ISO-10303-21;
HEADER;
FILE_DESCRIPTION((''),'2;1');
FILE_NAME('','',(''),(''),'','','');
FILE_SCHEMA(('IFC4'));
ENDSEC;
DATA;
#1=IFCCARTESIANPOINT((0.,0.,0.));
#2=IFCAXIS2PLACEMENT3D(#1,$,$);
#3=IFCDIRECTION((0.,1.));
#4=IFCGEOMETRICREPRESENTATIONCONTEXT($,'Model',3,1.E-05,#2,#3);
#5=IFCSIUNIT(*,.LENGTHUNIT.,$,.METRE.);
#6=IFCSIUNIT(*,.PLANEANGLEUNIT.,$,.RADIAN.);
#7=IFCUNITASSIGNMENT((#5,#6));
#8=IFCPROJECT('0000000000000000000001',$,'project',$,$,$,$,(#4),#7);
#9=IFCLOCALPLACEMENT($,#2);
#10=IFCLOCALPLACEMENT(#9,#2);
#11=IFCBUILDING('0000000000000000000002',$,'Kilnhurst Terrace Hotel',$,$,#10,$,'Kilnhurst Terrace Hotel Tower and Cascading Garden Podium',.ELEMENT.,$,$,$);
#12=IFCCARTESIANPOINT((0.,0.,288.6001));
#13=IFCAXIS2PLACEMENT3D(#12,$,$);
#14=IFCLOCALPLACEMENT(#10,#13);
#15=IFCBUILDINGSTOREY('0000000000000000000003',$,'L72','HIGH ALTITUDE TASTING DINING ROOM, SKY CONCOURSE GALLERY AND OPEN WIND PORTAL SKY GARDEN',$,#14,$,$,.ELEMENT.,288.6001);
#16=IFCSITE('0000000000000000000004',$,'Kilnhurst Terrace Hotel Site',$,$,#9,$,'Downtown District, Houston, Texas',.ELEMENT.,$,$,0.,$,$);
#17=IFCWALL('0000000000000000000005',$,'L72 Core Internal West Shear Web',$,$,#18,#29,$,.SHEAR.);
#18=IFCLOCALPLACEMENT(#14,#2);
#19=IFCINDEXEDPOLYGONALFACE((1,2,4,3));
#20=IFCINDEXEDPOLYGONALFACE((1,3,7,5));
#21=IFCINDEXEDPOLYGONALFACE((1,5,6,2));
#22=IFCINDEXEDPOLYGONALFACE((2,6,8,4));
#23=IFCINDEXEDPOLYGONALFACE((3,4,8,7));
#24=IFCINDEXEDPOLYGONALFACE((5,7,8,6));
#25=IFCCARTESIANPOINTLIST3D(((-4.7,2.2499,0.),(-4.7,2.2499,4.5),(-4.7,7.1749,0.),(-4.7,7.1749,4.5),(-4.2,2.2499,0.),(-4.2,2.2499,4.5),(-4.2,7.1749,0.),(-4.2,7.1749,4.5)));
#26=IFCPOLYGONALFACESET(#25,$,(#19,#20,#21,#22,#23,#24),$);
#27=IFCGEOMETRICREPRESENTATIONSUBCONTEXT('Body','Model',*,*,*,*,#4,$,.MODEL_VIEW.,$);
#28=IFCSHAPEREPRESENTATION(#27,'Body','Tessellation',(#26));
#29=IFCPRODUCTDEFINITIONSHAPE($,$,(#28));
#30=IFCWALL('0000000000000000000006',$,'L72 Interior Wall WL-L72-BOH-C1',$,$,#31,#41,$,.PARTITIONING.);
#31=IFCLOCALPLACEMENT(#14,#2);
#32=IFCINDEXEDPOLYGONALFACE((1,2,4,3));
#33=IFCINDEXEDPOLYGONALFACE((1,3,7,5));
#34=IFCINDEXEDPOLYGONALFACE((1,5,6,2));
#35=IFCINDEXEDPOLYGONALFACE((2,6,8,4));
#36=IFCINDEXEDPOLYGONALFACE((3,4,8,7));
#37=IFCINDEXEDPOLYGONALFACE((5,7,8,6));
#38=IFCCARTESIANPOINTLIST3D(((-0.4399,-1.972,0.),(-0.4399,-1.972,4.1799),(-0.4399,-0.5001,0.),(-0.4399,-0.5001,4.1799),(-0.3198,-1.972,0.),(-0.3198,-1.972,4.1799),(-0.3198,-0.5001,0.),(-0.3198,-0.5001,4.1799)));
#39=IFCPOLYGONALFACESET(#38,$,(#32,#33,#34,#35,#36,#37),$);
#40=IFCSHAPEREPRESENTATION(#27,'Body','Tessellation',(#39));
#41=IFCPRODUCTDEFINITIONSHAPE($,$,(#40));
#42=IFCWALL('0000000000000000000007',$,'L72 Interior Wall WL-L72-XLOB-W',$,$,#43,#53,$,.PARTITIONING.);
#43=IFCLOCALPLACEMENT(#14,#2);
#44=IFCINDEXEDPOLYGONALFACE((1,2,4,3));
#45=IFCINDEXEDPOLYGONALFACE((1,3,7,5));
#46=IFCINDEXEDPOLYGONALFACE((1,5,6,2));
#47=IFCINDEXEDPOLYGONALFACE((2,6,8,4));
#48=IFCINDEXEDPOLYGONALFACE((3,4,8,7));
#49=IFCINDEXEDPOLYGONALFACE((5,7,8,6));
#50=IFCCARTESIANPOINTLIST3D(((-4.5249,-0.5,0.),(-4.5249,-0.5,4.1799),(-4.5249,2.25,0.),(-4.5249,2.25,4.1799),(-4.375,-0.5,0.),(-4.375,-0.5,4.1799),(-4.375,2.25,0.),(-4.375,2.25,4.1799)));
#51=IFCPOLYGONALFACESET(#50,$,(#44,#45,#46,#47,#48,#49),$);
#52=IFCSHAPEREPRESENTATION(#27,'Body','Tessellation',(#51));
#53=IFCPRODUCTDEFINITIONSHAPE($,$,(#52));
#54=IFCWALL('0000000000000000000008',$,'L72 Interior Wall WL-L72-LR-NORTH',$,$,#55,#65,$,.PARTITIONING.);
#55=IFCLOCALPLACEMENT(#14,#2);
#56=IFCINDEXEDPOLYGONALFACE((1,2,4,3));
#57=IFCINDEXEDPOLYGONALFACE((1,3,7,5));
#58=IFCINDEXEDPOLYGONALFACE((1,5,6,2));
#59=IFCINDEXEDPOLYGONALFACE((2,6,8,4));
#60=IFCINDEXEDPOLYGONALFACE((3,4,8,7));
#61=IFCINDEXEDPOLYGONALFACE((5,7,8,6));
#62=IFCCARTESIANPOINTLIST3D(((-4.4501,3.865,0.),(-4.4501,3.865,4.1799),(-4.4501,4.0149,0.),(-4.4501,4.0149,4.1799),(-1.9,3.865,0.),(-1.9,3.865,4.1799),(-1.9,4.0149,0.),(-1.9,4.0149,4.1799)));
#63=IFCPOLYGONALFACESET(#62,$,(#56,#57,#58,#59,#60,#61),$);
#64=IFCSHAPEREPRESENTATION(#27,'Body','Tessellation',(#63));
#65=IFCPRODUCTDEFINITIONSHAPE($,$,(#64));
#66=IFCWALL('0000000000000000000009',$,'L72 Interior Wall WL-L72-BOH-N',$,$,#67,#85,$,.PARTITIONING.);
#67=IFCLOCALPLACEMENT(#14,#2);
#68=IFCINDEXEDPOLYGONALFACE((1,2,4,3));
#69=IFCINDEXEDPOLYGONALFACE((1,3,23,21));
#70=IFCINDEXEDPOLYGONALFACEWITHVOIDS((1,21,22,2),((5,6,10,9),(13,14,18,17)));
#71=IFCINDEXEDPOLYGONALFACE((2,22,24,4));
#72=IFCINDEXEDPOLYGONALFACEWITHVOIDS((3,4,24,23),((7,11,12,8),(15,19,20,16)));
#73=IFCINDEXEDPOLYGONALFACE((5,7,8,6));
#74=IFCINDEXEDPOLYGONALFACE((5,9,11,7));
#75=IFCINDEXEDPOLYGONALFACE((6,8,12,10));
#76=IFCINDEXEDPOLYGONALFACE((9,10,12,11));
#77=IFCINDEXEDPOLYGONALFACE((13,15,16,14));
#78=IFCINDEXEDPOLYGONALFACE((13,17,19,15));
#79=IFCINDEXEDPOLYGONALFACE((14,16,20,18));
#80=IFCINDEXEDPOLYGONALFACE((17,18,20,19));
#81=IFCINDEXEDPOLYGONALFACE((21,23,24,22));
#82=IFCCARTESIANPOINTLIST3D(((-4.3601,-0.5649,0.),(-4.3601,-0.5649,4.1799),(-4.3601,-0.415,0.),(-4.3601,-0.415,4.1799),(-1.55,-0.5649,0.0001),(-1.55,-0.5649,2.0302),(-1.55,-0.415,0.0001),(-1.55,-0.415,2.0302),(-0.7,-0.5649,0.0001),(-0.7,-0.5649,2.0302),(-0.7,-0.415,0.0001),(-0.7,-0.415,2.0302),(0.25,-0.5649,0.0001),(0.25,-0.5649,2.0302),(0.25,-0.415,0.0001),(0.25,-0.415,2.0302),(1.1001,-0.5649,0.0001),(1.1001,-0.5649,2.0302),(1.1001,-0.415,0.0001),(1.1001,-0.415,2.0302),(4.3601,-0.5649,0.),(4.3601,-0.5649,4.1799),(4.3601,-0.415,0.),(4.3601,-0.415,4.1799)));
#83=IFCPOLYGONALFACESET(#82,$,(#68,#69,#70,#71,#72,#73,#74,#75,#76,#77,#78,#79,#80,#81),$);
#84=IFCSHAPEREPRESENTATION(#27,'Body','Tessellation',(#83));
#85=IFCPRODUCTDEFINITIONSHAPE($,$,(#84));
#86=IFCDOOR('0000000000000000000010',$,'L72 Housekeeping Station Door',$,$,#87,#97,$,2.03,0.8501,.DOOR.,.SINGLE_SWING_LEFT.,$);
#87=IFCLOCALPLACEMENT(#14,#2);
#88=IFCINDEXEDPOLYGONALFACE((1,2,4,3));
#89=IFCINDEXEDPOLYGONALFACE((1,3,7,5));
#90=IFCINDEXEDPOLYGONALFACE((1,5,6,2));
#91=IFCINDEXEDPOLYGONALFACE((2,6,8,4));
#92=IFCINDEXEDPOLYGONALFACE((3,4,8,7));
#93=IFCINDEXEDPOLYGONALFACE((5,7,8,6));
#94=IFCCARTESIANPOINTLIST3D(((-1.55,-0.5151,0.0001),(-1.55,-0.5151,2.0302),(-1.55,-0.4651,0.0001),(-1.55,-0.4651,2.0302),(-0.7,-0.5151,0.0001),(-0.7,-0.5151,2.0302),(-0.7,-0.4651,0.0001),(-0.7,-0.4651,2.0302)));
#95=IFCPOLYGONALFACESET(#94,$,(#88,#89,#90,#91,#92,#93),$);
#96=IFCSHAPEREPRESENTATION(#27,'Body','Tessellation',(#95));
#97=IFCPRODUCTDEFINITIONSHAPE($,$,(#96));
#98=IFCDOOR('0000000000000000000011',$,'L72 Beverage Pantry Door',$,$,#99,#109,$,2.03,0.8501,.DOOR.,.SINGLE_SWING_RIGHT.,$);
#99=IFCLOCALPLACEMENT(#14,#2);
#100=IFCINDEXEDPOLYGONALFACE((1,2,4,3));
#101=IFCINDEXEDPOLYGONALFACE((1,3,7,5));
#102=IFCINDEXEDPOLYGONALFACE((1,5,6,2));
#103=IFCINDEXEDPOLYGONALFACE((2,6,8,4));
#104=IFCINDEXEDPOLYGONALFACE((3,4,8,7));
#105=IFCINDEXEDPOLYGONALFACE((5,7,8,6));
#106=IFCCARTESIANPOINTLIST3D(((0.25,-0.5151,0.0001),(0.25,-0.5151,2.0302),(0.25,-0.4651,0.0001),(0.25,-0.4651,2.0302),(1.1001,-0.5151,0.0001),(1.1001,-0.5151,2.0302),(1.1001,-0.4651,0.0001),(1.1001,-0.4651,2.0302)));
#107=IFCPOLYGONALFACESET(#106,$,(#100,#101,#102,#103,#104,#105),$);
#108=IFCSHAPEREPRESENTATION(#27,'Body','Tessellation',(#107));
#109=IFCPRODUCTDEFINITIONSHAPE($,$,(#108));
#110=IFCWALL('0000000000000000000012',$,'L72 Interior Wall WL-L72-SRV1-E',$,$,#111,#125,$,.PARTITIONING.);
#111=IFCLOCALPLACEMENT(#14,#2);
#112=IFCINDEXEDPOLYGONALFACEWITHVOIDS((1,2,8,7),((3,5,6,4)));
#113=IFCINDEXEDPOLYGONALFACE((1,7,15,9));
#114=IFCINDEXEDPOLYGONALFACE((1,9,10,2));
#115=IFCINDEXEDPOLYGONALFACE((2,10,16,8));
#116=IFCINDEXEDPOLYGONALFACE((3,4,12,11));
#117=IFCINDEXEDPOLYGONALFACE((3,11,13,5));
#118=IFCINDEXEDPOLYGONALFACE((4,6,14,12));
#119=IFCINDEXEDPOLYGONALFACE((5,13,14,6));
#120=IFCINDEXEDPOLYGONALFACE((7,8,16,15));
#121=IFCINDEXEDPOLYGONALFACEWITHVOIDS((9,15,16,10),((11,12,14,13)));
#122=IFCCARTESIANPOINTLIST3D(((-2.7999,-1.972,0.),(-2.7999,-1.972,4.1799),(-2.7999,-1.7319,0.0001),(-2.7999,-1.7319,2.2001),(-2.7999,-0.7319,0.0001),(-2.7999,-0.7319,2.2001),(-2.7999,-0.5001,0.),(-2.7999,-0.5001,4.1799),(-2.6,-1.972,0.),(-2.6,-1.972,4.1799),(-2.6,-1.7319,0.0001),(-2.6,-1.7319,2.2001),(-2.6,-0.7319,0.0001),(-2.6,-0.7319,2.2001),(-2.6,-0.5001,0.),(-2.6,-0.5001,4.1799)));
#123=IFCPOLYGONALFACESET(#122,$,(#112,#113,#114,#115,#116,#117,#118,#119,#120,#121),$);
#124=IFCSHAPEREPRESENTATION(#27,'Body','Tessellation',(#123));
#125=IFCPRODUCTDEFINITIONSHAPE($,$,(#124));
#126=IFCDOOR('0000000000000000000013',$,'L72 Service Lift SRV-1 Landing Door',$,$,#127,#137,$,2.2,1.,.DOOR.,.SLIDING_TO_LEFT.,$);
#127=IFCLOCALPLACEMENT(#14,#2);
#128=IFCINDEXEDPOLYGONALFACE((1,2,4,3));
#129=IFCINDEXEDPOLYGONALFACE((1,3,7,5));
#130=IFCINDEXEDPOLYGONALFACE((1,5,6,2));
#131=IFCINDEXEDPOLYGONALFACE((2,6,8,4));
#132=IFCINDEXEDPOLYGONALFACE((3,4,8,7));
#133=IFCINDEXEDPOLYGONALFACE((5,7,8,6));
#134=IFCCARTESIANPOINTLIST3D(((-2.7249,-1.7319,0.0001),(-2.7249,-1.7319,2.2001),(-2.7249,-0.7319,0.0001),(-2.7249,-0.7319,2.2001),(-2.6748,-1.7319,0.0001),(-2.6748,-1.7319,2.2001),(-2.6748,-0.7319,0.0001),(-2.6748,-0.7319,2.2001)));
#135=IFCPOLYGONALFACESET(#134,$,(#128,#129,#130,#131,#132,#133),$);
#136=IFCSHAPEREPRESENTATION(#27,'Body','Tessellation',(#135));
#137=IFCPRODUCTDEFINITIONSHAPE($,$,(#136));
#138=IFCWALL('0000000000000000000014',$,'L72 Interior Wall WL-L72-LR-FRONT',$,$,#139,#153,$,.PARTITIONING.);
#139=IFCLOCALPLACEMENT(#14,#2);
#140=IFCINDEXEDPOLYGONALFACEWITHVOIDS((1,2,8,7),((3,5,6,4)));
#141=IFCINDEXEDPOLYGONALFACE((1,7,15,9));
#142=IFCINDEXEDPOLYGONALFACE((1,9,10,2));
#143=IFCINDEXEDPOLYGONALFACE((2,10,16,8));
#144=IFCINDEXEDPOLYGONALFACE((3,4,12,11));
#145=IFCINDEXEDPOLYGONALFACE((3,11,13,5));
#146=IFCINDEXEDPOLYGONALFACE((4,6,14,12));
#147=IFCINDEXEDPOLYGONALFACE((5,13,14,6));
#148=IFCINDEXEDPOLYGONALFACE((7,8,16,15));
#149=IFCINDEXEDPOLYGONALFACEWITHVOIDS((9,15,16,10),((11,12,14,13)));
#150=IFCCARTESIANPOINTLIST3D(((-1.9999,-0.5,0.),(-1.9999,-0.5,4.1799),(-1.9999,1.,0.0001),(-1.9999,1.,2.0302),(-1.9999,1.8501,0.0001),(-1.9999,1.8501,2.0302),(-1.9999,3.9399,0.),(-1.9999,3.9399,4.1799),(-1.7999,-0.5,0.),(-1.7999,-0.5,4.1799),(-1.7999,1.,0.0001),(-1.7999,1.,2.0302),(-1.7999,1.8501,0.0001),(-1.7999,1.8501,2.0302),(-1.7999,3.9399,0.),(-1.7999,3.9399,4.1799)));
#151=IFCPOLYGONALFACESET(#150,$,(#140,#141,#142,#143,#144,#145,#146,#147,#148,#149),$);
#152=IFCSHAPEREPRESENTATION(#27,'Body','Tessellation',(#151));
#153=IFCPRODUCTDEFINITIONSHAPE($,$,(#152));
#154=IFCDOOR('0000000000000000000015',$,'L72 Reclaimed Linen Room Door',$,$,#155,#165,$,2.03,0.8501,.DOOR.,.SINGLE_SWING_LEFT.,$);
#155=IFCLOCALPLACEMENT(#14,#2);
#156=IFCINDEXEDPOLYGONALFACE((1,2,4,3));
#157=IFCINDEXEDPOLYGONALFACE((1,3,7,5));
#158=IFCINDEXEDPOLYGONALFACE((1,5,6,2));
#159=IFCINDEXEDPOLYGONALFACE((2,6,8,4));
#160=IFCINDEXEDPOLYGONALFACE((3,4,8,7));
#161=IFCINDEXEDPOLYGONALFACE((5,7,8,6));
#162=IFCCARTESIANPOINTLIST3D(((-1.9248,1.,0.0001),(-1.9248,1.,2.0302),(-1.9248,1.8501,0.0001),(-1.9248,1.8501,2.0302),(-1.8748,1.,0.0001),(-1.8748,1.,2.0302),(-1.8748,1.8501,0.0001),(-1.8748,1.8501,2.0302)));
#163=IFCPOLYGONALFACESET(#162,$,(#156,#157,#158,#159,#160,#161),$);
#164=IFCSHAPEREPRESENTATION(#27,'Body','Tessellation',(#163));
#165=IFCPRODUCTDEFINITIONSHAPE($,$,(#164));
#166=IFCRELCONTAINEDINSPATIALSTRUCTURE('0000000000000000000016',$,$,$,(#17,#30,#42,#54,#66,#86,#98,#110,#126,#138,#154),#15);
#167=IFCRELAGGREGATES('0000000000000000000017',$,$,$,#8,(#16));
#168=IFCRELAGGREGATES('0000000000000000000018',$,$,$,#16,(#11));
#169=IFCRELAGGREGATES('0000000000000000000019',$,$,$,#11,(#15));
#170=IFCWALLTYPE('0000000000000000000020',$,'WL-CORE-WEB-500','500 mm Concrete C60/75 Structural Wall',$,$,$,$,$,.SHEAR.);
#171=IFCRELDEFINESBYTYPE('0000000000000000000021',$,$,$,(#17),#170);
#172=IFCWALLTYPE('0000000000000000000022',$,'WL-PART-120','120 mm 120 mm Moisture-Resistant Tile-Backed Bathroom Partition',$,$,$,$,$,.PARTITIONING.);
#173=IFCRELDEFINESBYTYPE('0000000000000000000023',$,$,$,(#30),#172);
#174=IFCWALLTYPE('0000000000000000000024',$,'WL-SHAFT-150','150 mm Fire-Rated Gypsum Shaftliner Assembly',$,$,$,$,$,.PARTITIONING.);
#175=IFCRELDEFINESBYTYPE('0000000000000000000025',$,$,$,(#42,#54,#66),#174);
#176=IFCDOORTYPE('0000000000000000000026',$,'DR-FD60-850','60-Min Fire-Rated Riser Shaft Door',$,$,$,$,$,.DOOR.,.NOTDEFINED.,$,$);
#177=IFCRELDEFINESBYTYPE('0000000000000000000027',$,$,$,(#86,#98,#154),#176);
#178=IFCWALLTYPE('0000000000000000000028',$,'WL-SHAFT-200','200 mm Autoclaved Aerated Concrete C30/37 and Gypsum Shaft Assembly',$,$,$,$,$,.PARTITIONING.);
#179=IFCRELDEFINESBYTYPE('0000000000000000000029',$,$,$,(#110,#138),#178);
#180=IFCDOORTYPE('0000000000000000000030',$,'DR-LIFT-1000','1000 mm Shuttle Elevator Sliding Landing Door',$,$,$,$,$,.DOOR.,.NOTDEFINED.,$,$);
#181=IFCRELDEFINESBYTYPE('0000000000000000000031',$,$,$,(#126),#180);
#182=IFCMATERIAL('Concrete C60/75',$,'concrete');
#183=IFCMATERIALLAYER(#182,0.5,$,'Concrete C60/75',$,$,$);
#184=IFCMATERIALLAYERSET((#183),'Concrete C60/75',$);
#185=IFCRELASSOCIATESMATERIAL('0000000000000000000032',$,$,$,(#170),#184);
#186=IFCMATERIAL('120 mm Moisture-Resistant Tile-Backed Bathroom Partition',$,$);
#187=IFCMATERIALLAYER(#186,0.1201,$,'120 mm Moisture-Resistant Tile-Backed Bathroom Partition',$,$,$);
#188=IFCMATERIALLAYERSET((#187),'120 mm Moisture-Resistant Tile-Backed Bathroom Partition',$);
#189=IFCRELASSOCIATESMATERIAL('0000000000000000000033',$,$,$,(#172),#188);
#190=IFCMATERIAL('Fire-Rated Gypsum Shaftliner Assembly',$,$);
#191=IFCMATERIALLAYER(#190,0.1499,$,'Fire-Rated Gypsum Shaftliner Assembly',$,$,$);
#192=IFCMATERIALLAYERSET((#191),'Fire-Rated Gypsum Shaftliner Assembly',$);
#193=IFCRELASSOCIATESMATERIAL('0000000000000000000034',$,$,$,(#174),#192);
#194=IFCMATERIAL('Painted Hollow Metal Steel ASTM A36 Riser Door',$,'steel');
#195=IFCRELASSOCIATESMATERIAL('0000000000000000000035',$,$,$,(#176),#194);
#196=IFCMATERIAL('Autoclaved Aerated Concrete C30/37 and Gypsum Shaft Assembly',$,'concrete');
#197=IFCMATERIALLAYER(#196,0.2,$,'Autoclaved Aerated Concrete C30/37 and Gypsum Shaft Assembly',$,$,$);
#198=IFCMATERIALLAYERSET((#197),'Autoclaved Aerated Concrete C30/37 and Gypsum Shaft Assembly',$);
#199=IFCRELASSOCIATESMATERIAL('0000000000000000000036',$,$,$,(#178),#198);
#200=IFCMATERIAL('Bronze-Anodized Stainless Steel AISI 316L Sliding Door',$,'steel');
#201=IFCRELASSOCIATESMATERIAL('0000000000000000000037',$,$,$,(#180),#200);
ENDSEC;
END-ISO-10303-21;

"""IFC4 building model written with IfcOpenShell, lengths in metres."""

from ifc_helpers import new_model, si_unit, direction, frame, frame_2d, origin, place, context, subcontext, project, spatial, rectangle, extrude, material, layer, layer_set, type_object, element, fill, save


model = new_model("IFC4")

# Units and contexts
model_context = context("Model", 3, precision=1e-05, world=origin(), true_north=direction((0.0, 1.0)))
body_context = subcontext(model_context, "Body", "Model", "MODEL_VIEW")
ifc_project = project(units=[si_unit("LENGTHUNIT", "METRE"), si_unit("PLANEANGLEUNIT", "RADIAN")], contexts=[model_context])

# Site, building, storey
site_placement = place(None, origin())
site = spatial("IfcSite", under=ifc_project, at=site_placement, Name="Kilnhurst Terrace Hotel Site", LongName="Downtown District, Houston, Texas", CompositionType="ELEMENT", RefElevation=0.0)
building_placement = place(site_placement, origin())
building = spatial("IfcBuilding", under=site, at=building_placement, Name="Kilnhurst Terrace Hotel", LongName="Kilnhurst Terrace Hotel Tower and Cascading Garden Podium", CompositionType="ELEMENT")
storey_placement = place(building_placement, frame((0.0, 0.0, 288.6001)))
storey = spatial("IfcBuildingStorey", under=building, at=storey_placement, Name="L72", Description="HIGH ALTITUDE TASTING DINING ROOM, SKY CONCOURSE GALLERY AND OPEN WIND PORTAL SKY GARDEN", CompositionType="ELEMENT", Elevation=288.6001)

# Walls
ifc_material_1 = material(Name="Concrete C60/75", Category="concrete")
ifc_layer_1 = layer(ifc_material_1, 0.5, Name="Concrete C60/75")
ifc_layer_set_1 = layer_set([ifc_layer_1], Name="Concrete C60/75")
wall_type_1 = type_object("IfcWallType", Name="WL-CORE-WEB-500", Description="500 mm Concrete C60/75 Structural Wall", PredefinedType="SHEAR", material=ifc_layer_set_1)
wall_1_placement = place(storey_placement, frame((-4.45, 2.25, 0.0), z_axis=(0.0, 0.0, 1.0), x_axis=(0.0, 1.0, 0.0)))
element("IfcWall", 1, at=wall_1_placement, inside=storey, type_object=wall_type_1, Name="L72 Core Internal West Shear Web", PredefinedType="SHEAR", context=body_context, shape_type="SweptSolid", body=[
    extrude(rectangle(XDim=4.925, YDim=0.5, at=frame_2d((2.4624, 0.0))), origin(), (0.0, 0.0, 1.0), 4.5),
])
ifc_material_2 = material(Name="120 mm Moisture-Resistant Tile-Backed Bathroom Partition")
ifc_layer_2 = layer(ifc_material_2, 0.1201, Name="120 mm Moisture-Resistant Tile-Backed Bathroom Partition")
ifc_layer_set_2 = layer_set([ifc_layer_2], Name="120 mm Moisture-Resistant Tile-Backed Bathroom Partition")
wall_type_2 = type_object("IfcWallType", Name="WL-PART-120", Description="120 mm 120 mm Moisture-Resistant Tile-Backed Bathroom Partition", PredefinedType="PARTITIONING", material=ifc_layer_set_2)
wall_2_placement = place(storey_placement, frame((-0.3799, -1.9719, 0.0), z_axis=(0.0, 0.0, 1.0), x_axis=(0.0, 1.0, 0.0)))
element("IfcWall", 2, at=wall_2_placement, inside=storey, type_object=wall_type_2, Name="L72 Interior Wall WL-L72-BOH-C1", PredefinedType="PARTITIONING", context=body_context, shape_type="SweptSolid", body=[
    extrude(rectangle(XDim=1.4719, YDim=0.1201, at=frame_2d((0.7358, 0.0))), origin(), (0.0, 0.0, 1.0), 4.1799),
])
ifc_material_3 = material(Name="Fire-Rated Gypsum Shaftliner Assembly")
ifc_layer_3 = layer(ifc_material_3, 0.1499, Name="Fire-Rated Gypsum Shaftliner Assembly")
ifc_layer_set_3 = layer_set([ifc_layer_3], Name="Fire-Rated Gypsum Shaftliner Assembly")
wall_type_3 = type_object("IfcWallType", Name="WL-SHAFT-150", Description="150 mm Fire-Rated Gypsum Shaftliner Assembly", PredefinedType="PARTITIONING", material=ifc_layer_set_3)
wall_3_placement = place(storey_placement, frame((-4.45, -0.5, 0.0), z_axis=(0.0, 0.0, 1.0), x_axis=(0.0, 1.0, 0.0)))
element("IfcWall", 3, at=wall_3_placement, inside=storey, type_object=wall_type_3, Name="L72 Interior Wall WL-L72-XLOB-W", PredefinedType="PARTITIONING", context=body_context, shape_type="SweptSolid", body=[
    extrude(rectangle(XDim=2.75, YDim=0.1499, at=frame_2d((1.375, 0.0))), origin(), (0.0, 0.0, 1.0), 4.1799),
])
wall_4_placement = place(storey_placement, frame((-4.45, 3.9399, 0.0), z_axis=(0.0, 0.0, 1.0), x_axis=(1.0, 0.0, 0.0)))
element("IfcWall", 4, at=wall_4_placement, inside=storey, type_object=wall_type_3, Name="L72 Interior Wall WL-L72-LR-NORTH", PredefinedType="PARTITIONING", context=body_context, shape_type="SweptSolid", body=[
    extrude(rectangle(XDim=2.55, YDim=0.1499, at=frame_2d((1.2749, 0.0))), origin(), (0.0, 0.0, 1.0), 4.1799),
])

# Wall, openings, doors
wall_5_placement = place(storey_placement, frame((-4.3601, -0.49, 0.0), z_axis=(0.0, 0.0, 1.0), x_axis=(1.0, 0.0, 0.0)))
wall_5 = element("IfcWall", 5, at=wall_5_placement, inside=storey, type_object=wall_type_3, Name="L72 Interior Wall WL-L72-BOH-N", PredefinedType="PARTITIONING", context=body_context, shape_type="SweptSolid", body=[
    extrude(rectangle(XDim=8.7202, YDim=0.1499, at=frame_2d((4.3601, 0.0))), origin(), (0.0, 0.0, 1.0), 4.1799),
])
opening_1_placement = place(wall_5_placement, frame((2.8101, 0.0, 0.0)))
opening_1 = element("IfcOpeningElement", 6, at=opening_1_placement, cuts=wall_5, PredefinedType="OPENING", context=body_context, shape_type="SweptSolid", body=[
    extrude(rectangle(XDim=0.8501, YDim=2.03, at=frame_2d((0.425, 1.0151))), frame((0.0, 0.085, 0.0), z_axis=(0.0, -1.0, 0.0), x_axis=(1.0, 0.0, 0.0)), (0.0, 0.0, 1.0), 0.1699),
])
opening_2_placement = place(wall_5_placement, frame((4.6101, 0.0, 0.0)))
opening_2 = element("IfcOpeningElement", 7, at=opening_2_placement, cuts=wall_5, PredefinedType="OPENING", context=body_context, shape_type="SweptSolid", body=[
    extrude(rectangle(XDim=0.8501, YDim=2.03, at=frame_2d((0.425, 1.0151))), frame((0.0, 0.085, 0.0), z_axis=(0.0, -1.0, 0.0), x_axis=(1.0, 0.0, 0.0)), (0.0, 0.0, 1.0), 0.1699),
])
ifc_material_4 = material(Name="Painted Hollow Metal Steel ASTM A36 Riser Door", Category="steel")
door_type_1 = type_object("IfcDoorType", Name="DR-FD60-850", Description="60-Min Fire-Rated Riser Shaft Door", OperationType="NOTDEFINED", PredefinedType="DOOR", material=ifc_material_4)
door_1_placement = place(opening_1_placement, origin())
door_1 = element("IfcDoor", 8, at=door_1_placement, inside=storey, type_object=door_type_1, Name="L72 Housekeeping Station Door", OperationType="SINGLE_SWING_LEFT", OverallHeight=2.03, OverallWidth=0.8501, PredefinedType="DOOR", context=body_context, shape_type="SweptSolid", body=[
    extrude(rectangle(XDim=0.8501, YDim=2.03, at=frame_2d((0.425, 1.0151))), frame((0.0, 0.0249, 0.0), z_axis=(0.0, -1.0, 0.0), x_axis=(1.0, 0.0, 0.0)), (0.0, 0.0, 1.0), 0.05),
])
fill(opening_1, door_1)
door_2_placement = place(opening_2_placement, origin())
door_2 = element("IfcDoor", 9, at=door_2_placement, inside=storey, type_object=door_type_1, Name="L72 Beverage Pantry Door", OperationType="SINGLE_SWING_RIGHT", OverallHeight=2.03, OverallWidth=0.8501, PredefinedType="DOOR", context=body_context, shape_type="SweptSolid", body=[
    extrude(rectangle(XDim=0.8501, YDim=2.03, at=frame_2d((0.425, 1.0151))), frame((0.0, 0.0249, 0.0), z_axis=(0.0, -1.0, 0.0), x_axis=(1.0, 0.0, 0.0)), (0.0, 0.0, 1.0), 0.05),
])
fill(opening_2, door_2)

# Walls, openings, doors
ifc_material_5 = material(Name="Autoclaved Aerated Concrete C30/37 and Gypsum Shaft Assembly", Category="concrete")
ifc_layer_4 = layer(ifc_material_5, 0.2, Name="Autoclaved Aerated Concrete C30/37 and Gypsum Shaft Assembly")
ifc_layer_set_4 = layer_set([ifc_layer_4], Name="Autoclaved Aerated Concrete C30/37 and Gypsum Shaft Assembly")
wall_type_4 = type_object("IfcWallType", Name="WL-SHAFT-200", Description="200 mm Autoclaved Aerated Concrete C30/37 and Gypsum Shaft Assembly", PredefinedType="PARTITIONING", material=ifc_layer_set_4)
wall_6_placement = place(storey_placement, frame((-2.7, -1.9719, 0.0), z_axis=(0.0, 0.0, 1.0), x_axis=(0.0, 1.0, 0.0)))
wall_6 = element("IfcWall", 10, at=wall_6_placement, inside=storey, type_object=wall_type_4, Name="L72 Interior Wall WL-L72-SRV1-E", PredefinedType="PARTITIONING", context=body_context, shape_type="SweptSolid", body=[
    extrude(rectangle(XDim=1.4719, YDim=0.2, at=frame_2d((0.7358, 0.0))), origin(), (0.0, 0.0, 1.0), 4.1799),
])
opening_3_placement = place(wall_6_placement, frame((0.24, 0.0, 0.0)))
opening_3 = element("IfcOpeningElement", 11, at=opening_3_placement, cuts=wall_6, PredefinedType="OPENING", context=body_context, shape_type="SweptSolid", body=[
    extrude(rectangle(XDim=1.0, YDim=2.2, at=frame_2d((0.5, 1.1001))), frame((0.0, 0.1099, 0.0), z_axis=(0.0, -1.0, 0.0), x_axis=(1.0, 0.0, 0.0)), (0.0, 0.0, 1.0), 0.22),
])
ifc_material_6 = material(Name="Bronze-Anodized Stainless Steel AISI 316L Sliding Door", Category="steel")
door_type_2 = type_object("IfcDoorType", Name="DR-LIFT-1000", Description="1000 mm Shuttle Elevator Sliding Landing Door", OperationType="NOTDEFINED", PredefinedType="DOOR", material=ifc_material_6)
door_3_placement = place(opening_3_placement, origin())
door_3 = element("IfcDoor", 12, at=door_3_placement, inside=storey, type_object=door_type_2, Name="L72 Service Lift SRV-1 Landing Door", OperationType="SLIDING_TO_LEFT", OverallHeight=2.2, OverallWidth=1.0, PredefinedType="DOOR", context=body_context, shape_type="SweptSolid", body=[
    extrude(rectangle(XDim=1.0, YDim=2.2, at=frame_2d((0.5, 1.1001))), frame((0.0, 0.0249, 0.0), z_axis=(0.0, -1.0, 0.0), x_axis=(1.0, 0.0, 0.0)), (0.0, 0.0, 1.0), 0.05),
])
fill(opening_3, door_3)
wall_7_placement = place(storey_placement, frame((-1.8999, -0.5, 0.0), z_axis=(0.0, 0.0, 1.0), x_axis=(0.0, 1.0, 0.0)))
wall_7 = element("IfcWall", 13, at=wall_7_placement, inside=storey, type_object=wall_type_4, Name="L72 Interior Wall WL-L72-LR-FRONT", PredefinedType="PARTITIONING", context=body_context, shape_type="SweptSolid", body=[
    extrude(rectangle(XDim=4.4399, YDim=0.2, at=frame_2d((2.22, 0.0))), origin(), (0.0, 0.0, 1.0), 4.1799),
])
opening_4_placement = place(wall_7_placement, frame((1.5, 0.0, 0.0)))
opening_4 = element("IfcOpeningElement", 14, at=opening_4_placement, cuts=wall_7, PredefinedType="OPENING", context=body_context, shape_type="SweptSolid", body=[
    extrude(rectangle(XDim=0.8501, YDim=2.03, at=frame_2d((0.425, 1.0151))), frame((0.0, 0.1099, 0.0), z_axis=(0.0, -1.0, 0.0), x_axis=(1.0, 0.0, 0.0)), (0.0, 0.0, 1.0), 0.22),
])
door_4_placement = place(opening_4_placement, origin())
door_4 = element("IfcDoor", 15, at=door_4_placement, inside=storey, type_object=door_type_1, Name="L72 Reclaimed Linen Room Door", OperationType="SINGLE_SWING_LEFT", OverallHeight=2.03, OverallWidth=0.8501, PredefinedType="DOOR", context=body_context, shape_type="SweptSolid", body=[
    extrude(rectangle(XDim=0.8501, YDim=2.03, at=frame_2d((0.425, 1.0151))), frame((0.0, 0.0249, 0.0), z_axis=(0.0, -1.0, 0.0), x_axis=(1.0, 0.0, 0.0)), (0.0, 0.0, 1.0), 0.05),
])
fill(opening_4, door_4)

save(model, "model.ifc")
